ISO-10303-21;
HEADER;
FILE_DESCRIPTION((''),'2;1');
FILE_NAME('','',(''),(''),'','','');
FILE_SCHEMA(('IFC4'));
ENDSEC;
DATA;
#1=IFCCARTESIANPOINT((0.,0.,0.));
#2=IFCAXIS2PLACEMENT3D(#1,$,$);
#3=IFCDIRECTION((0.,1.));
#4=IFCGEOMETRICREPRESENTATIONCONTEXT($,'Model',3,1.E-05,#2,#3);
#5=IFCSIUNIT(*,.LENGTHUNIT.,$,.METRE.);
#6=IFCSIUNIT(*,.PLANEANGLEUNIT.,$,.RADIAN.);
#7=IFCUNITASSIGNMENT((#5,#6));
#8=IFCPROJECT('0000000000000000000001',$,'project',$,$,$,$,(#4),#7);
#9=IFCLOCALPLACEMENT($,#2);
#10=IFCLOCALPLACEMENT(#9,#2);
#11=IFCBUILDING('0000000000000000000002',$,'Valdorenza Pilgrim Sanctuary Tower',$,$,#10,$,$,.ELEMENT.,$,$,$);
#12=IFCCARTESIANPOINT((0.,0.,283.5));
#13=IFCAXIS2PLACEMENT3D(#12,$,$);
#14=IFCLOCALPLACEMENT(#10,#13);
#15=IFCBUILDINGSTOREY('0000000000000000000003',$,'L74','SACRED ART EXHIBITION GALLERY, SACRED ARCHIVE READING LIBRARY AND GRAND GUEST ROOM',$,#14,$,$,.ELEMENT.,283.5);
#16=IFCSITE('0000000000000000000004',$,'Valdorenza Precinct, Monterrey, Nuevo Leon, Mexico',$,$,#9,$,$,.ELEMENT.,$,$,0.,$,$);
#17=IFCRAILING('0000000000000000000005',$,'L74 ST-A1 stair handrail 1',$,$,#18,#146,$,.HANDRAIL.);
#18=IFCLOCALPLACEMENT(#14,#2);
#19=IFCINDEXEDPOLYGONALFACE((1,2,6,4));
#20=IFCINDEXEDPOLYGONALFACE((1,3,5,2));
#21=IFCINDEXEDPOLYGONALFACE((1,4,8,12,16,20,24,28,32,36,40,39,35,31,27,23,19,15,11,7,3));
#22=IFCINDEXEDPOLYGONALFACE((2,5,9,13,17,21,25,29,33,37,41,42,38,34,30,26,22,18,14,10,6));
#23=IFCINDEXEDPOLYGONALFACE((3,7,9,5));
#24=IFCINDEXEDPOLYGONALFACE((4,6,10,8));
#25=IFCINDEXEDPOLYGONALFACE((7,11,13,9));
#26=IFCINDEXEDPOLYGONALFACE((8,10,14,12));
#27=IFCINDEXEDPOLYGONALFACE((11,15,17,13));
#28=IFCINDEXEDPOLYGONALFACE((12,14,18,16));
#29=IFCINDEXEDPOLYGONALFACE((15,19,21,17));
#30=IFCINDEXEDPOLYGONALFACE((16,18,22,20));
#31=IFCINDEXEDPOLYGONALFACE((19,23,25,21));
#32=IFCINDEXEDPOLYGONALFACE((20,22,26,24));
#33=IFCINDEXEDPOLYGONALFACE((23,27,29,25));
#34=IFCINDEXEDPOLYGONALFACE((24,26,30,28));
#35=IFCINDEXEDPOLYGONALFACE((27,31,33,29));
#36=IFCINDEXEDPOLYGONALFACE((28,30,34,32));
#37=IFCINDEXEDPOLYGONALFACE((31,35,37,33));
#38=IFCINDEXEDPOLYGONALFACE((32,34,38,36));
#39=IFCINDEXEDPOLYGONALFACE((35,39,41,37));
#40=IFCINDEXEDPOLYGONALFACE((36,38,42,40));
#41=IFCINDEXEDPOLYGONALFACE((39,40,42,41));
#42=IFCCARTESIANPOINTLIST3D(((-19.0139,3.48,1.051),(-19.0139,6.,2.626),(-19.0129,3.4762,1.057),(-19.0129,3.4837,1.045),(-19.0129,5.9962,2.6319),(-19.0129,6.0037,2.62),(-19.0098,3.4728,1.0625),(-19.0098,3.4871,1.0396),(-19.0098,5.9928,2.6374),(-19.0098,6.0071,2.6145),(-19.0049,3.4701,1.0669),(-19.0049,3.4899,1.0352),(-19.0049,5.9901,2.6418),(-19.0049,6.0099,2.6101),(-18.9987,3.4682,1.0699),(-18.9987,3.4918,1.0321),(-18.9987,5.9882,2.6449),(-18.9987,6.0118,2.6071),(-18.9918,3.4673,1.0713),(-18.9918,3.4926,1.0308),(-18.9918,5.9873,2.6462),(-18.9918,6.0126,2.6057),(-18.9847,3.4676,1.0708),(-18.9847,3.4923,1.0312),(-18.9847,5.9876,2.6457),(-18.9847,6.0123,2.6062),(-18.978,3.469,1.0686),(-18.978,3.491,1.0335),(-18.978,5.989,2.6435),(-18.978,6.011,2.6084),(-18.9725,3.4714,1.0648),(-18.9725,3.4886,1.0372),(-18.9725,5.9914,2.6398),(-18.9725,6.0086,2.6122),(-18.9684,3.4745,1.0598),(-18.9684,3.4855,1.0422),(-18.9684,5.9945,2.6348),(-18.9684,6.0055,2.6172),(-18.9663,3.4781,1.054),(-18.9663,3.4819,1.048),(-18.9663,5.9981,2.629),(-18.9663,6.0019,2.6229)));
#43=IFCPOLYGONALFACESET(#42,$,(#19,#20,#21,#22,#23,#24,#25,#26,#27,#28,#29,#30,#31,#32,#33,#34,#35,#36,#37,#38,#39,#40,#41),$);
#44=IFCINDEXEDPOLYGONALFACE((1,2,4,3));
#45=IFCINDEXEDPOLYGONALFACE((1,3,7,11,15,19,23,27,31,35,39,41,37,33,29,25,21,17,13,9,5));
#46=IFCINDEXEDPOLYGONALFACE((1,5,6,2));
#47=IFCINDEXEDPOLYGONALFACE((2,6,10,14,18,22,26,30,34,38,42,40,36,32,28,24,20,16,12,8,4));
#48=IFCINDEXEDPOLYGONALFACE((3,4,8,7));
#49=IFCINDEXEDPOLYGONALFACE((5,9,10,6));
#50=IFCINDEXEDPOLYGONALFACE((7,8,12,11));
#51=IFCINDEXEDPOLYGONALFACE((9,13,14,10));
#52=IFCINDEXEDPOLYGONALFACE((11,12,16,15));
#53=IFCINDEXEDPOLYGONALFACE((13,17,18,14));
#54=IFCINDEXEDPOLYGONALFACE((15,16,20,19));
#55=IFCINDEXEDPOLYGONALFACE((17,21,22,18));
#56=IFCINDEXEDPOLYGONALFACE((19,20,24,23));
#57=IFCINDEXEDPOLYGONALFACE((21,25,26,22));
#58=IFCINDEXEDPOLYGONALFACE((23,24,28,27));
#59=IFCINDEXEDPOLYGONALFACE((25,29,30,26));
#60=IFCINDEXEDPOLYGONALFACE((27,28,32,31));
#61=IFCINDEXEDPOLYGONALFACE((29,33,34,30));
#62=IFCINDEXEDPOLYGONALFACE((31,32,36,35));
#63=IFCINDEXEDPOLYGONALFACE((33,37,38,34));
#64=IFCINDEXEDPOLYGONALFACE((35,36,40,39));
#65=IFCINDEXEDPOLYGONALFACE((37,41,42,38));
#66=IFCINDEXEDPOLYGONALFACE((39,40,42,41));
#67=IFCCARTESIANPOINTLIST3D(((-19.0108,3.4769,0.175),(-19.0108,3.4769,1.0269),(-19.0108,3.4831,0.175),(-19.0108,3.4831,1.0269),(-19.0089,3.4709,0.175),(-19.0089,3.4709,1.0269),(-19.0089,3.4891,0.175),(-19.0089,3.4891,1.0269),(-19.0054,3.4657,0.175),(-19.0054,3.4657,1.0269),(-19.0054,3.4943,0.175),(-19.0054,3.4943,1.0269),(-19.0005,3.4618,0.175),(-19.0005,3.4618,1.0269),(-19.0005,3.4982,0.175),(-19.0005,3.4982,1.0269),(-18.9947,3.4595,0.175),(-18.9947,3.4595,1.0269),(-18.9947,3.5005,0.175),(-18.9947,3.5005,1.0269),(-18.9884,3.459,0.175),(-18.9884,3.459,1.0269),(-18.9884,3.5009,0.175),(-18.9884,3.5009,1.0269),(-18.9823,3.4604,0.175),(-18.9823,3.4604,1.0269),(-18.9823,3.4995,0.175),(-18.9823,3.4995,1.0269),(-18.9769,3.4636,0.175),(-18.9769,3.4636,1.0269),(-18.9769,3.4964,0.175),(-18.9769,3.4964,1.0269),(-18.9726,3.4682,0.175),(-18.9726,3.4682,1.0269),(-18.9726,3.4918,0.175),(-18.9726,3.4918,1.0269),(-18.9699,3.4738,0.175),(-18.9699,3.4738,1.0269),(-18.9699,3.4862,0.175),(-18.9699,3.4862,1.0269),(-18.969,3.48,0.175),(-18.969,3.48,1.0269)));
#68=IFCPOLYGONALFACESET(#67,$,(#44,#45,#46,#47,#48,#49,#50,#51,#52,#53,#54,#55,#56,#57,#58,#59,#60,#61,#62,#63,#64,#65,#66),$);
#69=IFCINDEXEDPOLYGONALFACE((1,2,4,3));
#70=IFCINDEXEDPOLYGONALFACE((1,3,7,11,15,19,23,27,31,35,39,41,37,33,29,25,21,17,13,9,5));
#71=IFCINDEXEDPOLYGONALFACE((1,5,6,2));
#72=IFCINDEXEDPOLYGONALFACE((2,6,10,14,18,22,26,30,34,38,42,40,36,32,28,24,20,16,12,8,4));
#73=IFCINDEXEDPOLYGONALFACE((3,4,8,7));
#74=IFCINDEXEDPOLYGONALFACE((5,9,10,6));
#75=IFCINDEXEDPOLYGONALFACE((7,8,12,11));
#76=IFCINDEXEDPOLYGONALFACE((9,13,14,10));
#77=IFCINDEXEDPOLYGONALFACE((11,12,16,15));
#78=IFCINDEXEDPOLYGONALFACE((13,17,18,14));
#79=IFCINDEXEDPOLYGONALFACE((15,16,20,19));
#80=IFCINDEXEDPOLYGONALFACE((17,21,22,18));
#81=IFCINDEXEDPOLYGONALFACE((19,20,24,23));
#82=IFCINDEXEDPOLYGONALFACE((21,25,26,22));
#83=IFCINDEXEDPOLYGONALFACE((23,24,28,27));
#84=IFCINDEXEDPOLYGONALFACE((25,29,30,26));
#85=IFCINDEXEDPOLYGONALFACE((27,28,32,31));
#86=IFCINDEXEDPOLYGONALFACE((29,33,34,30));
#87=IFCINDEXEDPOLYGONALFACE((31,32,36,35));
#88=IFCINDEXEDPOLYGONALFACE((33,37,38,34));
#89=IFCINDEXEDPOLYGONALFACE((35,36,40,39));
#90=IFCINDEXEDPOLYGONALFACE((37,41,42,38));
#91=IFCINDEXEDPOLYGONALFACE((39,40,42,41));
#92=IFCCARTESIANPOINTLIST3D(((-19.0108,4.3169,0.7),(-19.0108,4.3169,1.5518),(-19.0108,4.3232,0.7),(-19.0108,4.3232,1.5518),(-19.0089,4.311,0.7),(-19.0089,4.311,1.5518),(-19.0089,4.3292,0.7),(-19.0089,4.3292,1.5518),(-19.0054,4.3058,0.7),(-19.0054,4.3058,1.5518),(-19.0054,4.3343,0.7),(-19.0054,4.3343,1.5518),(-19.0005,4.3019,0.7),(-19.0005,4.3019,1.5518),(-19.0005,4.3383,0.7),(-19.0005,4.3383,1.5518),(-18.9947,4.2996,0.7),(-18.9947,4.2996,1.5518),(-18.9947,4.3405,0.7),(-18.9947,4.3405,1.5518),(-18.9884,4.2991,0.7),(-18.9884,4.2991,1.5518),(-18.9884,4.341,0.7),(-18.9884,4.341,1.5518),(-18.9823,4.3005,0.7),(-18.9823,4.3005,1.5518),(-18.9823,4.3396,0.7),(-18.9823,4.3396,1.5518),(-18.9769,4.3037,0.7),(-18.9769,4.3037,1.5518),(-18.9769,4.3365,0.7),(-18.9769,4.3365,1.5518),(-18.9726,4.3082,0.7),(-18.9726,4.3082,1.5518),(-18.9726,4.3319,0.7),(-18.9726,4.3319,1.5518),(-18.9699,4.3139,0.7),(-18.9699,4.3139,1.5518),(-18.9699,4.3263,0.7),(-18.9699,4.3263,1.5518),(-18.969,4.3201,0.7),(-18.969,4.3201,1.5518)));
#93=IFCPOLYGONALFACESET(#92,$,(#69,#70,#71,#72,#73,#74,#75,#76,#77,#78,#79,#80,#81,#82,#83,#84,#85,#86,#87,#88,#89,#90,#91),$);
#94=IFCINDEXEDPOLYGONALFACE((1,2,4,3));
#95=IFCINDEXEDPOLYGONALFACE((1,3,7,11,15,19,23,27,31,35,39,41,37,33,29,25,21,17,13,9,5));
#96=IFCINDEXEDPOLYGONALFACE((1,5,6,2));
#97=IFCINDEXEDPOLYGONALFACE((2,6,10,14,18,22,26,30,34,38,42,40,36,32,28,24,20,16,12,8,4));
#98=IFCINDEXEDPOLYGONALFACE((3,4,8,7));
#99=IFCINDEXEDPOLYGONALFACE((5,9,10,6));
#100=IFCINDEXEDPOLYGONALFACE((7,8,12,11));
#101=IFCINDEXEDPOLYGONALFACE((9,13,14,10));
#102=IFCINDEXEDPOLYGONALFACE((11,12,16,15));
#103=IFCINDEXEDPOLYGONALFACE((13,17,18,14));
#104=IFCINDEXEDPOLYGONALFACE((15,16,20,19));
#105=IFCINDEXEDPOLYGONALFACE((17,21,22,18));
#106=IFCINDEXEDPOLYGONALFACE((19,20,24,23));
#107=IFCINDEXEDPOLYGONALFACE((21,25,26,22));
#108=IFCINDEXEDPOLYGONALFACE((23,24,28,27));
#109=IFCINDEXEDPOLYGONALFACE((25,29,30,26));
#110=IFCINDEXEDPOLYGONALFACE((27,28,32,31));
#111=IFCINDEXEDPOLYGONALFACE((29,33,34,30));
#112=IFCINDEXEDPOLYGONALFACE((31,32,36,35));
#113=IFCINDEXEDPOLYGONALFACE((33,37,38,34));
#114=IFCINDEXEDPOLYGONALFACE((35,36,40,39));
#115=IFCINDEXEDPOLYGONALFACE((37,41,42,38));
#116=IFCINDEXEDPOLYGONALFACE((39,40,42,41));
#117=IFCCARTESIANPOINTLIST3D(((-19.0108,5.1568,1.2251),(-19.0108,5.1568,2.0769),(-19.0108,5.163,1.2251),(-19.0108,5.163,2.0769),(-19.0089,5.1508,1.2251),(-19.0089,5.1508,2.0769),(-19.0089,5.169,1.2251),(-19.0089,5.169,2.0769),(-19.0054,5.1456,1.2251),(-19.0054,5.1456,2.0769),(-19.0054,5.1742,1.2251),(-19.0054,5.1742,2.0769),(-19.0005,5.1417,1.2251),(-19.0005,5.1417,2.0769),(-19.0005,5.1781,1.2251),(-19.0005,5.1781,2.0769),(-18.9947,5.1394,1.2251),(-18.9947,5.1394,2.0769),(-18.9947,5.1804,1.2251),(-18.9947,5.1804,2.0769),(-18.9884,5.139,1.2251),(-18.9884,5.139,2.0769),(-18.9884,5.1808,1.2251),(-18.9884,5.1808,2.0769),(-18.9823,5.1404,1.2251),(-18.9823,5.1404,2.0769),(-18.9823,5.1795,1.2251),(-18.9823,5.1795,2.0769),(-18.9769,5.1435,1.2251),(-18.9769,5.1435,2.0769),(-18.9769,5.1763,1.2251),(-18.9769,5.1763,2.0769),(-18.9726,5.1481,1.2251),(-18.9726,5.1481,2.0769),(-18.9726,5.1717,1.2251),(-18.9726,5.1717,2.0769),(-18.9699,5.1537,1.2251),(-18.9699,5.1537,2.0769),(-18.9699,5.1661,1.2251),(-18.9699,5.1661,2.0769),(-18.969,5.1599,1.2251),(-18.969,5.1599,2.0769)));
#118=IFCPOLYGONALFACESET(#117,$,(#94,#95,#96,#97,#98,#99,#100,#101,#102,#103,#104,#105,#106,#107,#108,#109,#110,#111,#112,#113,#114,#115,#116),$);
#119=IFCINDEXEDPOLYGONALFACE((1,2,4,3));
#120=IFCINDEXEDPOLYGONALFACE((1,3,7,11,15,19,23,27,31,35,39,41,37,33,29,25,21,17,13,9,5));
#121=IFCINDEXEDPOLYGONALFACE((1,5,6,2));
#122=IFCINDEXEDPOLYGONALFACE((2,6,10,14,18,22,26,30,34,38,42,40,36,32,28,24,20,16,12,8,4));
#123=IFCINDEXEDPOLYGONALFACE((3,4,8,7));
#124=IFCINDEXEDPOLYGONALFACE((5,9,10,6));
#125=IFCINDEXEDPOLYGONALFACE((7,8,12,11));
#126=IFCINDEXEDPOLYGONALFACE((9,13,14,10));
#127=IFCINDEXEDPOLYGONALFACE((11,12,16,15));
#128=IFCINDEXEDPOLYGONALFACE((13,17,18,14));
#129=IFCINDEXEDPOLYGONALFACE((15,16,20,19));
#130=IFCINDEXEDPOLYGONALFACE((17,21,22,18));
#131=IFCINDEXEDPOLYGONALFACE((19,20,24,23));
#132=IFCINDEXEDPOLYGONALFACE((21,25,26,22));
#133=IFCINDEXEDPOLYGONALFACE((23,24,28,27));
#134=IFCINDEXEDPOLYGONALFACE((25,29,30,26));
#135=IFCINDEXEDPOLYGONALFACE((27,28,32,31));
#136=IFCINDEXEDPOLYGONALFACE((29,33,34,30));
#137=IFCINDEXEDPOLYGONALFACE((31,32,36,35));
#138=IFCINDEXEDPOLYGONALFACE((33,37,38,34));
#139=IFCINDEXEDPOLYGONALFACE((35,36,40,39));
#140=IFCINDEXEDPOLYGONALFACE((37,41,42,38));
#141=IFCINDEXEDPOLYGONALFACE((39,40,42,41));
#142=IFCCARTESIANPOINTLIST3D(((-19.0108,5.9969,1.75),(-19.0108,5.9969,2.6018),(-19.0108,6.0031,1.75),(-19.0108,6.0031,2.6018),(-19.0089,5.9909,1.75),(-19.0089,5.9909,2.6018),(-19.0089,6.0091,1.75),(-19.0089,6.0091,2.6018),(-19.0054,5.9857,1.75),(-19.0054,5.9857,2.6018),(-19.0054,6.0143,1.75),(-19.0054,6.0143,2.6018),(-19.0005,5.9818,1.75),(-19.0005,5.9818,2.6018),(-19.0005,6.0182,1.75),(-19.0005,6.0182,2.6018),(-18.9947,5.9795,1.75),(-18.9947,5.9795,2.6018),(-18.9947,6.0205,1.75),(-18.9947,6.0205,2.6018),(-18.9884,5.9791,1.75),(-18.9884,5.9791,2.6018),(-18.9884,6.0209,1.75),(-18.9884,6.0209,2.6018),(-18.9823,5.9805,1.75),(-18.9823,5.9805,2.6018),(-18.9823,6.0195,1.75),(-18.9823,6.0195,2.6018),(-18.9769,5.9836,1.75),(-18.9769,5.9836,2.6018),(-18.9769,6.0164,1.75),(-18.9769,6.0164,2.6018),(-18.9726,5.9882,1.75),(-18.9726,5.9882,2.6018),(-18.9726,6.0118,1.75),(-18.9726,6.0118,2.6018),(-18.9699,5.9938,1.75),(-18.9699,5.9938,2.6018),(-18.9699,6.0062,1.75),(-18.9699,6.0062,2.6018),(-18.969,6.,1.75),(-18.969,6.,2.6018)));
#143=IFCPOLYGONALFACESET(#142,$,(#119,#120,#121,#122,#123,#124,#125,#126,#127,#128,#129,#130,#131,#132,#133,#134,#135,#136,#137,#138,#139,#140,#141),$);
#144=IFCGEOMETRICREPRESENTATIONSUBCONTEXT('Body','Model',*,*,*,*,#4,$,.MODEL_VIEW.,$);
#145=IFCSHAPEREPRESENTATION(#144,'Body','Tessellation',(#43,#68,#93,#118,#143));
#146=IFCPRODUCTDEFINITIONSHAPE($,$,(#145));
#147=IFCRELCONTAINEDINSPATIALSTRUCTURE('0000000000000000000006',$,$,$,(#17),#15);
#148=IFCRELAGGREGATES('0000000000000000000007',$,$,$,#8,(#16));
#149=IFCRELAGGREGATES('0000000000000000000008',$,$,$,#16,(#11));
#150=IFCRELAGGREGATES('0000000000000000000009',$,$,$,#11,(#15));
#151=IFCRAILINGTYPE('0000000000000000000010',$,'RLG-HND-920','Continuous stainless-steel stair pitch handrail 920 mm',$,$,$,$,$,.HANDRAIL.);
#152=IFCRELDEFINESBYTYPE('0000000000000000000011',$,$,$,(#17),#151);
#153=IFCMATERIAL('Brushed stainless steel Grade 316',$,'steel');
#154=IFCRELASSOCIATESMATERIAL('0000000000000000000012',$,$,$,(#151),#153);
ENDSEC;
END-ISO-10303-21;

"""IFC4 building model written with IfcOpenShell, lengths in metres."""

from ifc_helpers import new_model, si_unit, direction, frame, origin, origin_2d, place, context, subcontext, project, spatial, circle, extrude, material, type_object, element, save


model = new_model("IFC4")

# Units and contexts
model_context = context("Model", 3, precision=1e-05, world=origin(), true_north=direction((0.0, 1.0)))
body_context = subcontext(model_context, "Body", "Model", "MODEL_VIEW")
ifc_project = project(units=[si_unit("LENGTHUNIT", "METRE"), si_unit("PLANEANGLEUNIT", "RADIAN")], contexts=[model_context])

# Site, building, storey
site_placement = place(None, origin())
site = spatial("IfcSite", under=ifc_project, at=site_placement, Name="Valdorenza Precinct, Monterrey, Nuevo Leon, Mexico", CompositionType="ELEMENT", RefElevation=0.0)
building_placement = place(site_placement, origin())
building = spatial("IfcBuilding", under=site, at=building_placement, Name="Valdorenza Pilgrim Sanctuary Tower", CompositionType="ELEMENT")
storey_placement = place(building_placement, frame((0.0, 0.0, 283.5)))
storey = spatial("IfcBuildingStorey", under=building, at=storey_placement, Name="L74", Description="SACRED ART EXHIBITION GALLERY, SACRED ARCHIVE READING LIBRARY AND GRAND GUEST ROOM", CompositionType="ELEMENT", Elevation=283.5)

# Railing
ifc_material_1 = material(Name="Brushed stainless steel Grade 316", Category="steel")
railing_type_1 = type_object("IfcRailingType", Name="RLG-HND-920", Description="Continuous stainless-steel stair pitch handrail 920 mm", PredefinedType="HANDRAIL", material=ifc_material_1)
railing_1_placement = place(storey_placement, frame((-18.99, 3.48, 0.175)))
element("IfcRailing", 1, at=railing_1_placement, inside=storey, type_object=railing_type_1, Name="L74 ST-A1 stair handrail 1", PredefinedType="HANDRAIL", context=body_context, shape_type="SweptSolid", body=[
    extrude(circle(Radius=0.0239, at=origin_2d()), frame((0.0, 0.0, 0.876), z_axis=(0.0, 0.848008, 0.529984), x_axis=(-1.0, 0.0, 0.0)), (0.0, 0.0, 1.0), 2.9717),
    extrude(circle(Radius=0.021, at=origin_2d()), origin(), (0.0, 0.0, 1.0), 0.8518),
    extrude(circle(Radius=0.021, at=origin_2d()), frame((0.0, 0.8401, 0.5249)), (0.0, 0.0, 1.0), 0.8518),
    extrude(circle(Radius=0.021, at=origin_2d()), frame((0.0, 1.6799, 1.05)), (0.0, 0.0, 1.0), 0.8518),
    extrude(circle(Radius=0.021, at=origin_2d()), frame((0.0, 2.52, 1.575)), (0.0, 0.0, 1.0), 0.8518),
])

save(model, "model.ifc")
